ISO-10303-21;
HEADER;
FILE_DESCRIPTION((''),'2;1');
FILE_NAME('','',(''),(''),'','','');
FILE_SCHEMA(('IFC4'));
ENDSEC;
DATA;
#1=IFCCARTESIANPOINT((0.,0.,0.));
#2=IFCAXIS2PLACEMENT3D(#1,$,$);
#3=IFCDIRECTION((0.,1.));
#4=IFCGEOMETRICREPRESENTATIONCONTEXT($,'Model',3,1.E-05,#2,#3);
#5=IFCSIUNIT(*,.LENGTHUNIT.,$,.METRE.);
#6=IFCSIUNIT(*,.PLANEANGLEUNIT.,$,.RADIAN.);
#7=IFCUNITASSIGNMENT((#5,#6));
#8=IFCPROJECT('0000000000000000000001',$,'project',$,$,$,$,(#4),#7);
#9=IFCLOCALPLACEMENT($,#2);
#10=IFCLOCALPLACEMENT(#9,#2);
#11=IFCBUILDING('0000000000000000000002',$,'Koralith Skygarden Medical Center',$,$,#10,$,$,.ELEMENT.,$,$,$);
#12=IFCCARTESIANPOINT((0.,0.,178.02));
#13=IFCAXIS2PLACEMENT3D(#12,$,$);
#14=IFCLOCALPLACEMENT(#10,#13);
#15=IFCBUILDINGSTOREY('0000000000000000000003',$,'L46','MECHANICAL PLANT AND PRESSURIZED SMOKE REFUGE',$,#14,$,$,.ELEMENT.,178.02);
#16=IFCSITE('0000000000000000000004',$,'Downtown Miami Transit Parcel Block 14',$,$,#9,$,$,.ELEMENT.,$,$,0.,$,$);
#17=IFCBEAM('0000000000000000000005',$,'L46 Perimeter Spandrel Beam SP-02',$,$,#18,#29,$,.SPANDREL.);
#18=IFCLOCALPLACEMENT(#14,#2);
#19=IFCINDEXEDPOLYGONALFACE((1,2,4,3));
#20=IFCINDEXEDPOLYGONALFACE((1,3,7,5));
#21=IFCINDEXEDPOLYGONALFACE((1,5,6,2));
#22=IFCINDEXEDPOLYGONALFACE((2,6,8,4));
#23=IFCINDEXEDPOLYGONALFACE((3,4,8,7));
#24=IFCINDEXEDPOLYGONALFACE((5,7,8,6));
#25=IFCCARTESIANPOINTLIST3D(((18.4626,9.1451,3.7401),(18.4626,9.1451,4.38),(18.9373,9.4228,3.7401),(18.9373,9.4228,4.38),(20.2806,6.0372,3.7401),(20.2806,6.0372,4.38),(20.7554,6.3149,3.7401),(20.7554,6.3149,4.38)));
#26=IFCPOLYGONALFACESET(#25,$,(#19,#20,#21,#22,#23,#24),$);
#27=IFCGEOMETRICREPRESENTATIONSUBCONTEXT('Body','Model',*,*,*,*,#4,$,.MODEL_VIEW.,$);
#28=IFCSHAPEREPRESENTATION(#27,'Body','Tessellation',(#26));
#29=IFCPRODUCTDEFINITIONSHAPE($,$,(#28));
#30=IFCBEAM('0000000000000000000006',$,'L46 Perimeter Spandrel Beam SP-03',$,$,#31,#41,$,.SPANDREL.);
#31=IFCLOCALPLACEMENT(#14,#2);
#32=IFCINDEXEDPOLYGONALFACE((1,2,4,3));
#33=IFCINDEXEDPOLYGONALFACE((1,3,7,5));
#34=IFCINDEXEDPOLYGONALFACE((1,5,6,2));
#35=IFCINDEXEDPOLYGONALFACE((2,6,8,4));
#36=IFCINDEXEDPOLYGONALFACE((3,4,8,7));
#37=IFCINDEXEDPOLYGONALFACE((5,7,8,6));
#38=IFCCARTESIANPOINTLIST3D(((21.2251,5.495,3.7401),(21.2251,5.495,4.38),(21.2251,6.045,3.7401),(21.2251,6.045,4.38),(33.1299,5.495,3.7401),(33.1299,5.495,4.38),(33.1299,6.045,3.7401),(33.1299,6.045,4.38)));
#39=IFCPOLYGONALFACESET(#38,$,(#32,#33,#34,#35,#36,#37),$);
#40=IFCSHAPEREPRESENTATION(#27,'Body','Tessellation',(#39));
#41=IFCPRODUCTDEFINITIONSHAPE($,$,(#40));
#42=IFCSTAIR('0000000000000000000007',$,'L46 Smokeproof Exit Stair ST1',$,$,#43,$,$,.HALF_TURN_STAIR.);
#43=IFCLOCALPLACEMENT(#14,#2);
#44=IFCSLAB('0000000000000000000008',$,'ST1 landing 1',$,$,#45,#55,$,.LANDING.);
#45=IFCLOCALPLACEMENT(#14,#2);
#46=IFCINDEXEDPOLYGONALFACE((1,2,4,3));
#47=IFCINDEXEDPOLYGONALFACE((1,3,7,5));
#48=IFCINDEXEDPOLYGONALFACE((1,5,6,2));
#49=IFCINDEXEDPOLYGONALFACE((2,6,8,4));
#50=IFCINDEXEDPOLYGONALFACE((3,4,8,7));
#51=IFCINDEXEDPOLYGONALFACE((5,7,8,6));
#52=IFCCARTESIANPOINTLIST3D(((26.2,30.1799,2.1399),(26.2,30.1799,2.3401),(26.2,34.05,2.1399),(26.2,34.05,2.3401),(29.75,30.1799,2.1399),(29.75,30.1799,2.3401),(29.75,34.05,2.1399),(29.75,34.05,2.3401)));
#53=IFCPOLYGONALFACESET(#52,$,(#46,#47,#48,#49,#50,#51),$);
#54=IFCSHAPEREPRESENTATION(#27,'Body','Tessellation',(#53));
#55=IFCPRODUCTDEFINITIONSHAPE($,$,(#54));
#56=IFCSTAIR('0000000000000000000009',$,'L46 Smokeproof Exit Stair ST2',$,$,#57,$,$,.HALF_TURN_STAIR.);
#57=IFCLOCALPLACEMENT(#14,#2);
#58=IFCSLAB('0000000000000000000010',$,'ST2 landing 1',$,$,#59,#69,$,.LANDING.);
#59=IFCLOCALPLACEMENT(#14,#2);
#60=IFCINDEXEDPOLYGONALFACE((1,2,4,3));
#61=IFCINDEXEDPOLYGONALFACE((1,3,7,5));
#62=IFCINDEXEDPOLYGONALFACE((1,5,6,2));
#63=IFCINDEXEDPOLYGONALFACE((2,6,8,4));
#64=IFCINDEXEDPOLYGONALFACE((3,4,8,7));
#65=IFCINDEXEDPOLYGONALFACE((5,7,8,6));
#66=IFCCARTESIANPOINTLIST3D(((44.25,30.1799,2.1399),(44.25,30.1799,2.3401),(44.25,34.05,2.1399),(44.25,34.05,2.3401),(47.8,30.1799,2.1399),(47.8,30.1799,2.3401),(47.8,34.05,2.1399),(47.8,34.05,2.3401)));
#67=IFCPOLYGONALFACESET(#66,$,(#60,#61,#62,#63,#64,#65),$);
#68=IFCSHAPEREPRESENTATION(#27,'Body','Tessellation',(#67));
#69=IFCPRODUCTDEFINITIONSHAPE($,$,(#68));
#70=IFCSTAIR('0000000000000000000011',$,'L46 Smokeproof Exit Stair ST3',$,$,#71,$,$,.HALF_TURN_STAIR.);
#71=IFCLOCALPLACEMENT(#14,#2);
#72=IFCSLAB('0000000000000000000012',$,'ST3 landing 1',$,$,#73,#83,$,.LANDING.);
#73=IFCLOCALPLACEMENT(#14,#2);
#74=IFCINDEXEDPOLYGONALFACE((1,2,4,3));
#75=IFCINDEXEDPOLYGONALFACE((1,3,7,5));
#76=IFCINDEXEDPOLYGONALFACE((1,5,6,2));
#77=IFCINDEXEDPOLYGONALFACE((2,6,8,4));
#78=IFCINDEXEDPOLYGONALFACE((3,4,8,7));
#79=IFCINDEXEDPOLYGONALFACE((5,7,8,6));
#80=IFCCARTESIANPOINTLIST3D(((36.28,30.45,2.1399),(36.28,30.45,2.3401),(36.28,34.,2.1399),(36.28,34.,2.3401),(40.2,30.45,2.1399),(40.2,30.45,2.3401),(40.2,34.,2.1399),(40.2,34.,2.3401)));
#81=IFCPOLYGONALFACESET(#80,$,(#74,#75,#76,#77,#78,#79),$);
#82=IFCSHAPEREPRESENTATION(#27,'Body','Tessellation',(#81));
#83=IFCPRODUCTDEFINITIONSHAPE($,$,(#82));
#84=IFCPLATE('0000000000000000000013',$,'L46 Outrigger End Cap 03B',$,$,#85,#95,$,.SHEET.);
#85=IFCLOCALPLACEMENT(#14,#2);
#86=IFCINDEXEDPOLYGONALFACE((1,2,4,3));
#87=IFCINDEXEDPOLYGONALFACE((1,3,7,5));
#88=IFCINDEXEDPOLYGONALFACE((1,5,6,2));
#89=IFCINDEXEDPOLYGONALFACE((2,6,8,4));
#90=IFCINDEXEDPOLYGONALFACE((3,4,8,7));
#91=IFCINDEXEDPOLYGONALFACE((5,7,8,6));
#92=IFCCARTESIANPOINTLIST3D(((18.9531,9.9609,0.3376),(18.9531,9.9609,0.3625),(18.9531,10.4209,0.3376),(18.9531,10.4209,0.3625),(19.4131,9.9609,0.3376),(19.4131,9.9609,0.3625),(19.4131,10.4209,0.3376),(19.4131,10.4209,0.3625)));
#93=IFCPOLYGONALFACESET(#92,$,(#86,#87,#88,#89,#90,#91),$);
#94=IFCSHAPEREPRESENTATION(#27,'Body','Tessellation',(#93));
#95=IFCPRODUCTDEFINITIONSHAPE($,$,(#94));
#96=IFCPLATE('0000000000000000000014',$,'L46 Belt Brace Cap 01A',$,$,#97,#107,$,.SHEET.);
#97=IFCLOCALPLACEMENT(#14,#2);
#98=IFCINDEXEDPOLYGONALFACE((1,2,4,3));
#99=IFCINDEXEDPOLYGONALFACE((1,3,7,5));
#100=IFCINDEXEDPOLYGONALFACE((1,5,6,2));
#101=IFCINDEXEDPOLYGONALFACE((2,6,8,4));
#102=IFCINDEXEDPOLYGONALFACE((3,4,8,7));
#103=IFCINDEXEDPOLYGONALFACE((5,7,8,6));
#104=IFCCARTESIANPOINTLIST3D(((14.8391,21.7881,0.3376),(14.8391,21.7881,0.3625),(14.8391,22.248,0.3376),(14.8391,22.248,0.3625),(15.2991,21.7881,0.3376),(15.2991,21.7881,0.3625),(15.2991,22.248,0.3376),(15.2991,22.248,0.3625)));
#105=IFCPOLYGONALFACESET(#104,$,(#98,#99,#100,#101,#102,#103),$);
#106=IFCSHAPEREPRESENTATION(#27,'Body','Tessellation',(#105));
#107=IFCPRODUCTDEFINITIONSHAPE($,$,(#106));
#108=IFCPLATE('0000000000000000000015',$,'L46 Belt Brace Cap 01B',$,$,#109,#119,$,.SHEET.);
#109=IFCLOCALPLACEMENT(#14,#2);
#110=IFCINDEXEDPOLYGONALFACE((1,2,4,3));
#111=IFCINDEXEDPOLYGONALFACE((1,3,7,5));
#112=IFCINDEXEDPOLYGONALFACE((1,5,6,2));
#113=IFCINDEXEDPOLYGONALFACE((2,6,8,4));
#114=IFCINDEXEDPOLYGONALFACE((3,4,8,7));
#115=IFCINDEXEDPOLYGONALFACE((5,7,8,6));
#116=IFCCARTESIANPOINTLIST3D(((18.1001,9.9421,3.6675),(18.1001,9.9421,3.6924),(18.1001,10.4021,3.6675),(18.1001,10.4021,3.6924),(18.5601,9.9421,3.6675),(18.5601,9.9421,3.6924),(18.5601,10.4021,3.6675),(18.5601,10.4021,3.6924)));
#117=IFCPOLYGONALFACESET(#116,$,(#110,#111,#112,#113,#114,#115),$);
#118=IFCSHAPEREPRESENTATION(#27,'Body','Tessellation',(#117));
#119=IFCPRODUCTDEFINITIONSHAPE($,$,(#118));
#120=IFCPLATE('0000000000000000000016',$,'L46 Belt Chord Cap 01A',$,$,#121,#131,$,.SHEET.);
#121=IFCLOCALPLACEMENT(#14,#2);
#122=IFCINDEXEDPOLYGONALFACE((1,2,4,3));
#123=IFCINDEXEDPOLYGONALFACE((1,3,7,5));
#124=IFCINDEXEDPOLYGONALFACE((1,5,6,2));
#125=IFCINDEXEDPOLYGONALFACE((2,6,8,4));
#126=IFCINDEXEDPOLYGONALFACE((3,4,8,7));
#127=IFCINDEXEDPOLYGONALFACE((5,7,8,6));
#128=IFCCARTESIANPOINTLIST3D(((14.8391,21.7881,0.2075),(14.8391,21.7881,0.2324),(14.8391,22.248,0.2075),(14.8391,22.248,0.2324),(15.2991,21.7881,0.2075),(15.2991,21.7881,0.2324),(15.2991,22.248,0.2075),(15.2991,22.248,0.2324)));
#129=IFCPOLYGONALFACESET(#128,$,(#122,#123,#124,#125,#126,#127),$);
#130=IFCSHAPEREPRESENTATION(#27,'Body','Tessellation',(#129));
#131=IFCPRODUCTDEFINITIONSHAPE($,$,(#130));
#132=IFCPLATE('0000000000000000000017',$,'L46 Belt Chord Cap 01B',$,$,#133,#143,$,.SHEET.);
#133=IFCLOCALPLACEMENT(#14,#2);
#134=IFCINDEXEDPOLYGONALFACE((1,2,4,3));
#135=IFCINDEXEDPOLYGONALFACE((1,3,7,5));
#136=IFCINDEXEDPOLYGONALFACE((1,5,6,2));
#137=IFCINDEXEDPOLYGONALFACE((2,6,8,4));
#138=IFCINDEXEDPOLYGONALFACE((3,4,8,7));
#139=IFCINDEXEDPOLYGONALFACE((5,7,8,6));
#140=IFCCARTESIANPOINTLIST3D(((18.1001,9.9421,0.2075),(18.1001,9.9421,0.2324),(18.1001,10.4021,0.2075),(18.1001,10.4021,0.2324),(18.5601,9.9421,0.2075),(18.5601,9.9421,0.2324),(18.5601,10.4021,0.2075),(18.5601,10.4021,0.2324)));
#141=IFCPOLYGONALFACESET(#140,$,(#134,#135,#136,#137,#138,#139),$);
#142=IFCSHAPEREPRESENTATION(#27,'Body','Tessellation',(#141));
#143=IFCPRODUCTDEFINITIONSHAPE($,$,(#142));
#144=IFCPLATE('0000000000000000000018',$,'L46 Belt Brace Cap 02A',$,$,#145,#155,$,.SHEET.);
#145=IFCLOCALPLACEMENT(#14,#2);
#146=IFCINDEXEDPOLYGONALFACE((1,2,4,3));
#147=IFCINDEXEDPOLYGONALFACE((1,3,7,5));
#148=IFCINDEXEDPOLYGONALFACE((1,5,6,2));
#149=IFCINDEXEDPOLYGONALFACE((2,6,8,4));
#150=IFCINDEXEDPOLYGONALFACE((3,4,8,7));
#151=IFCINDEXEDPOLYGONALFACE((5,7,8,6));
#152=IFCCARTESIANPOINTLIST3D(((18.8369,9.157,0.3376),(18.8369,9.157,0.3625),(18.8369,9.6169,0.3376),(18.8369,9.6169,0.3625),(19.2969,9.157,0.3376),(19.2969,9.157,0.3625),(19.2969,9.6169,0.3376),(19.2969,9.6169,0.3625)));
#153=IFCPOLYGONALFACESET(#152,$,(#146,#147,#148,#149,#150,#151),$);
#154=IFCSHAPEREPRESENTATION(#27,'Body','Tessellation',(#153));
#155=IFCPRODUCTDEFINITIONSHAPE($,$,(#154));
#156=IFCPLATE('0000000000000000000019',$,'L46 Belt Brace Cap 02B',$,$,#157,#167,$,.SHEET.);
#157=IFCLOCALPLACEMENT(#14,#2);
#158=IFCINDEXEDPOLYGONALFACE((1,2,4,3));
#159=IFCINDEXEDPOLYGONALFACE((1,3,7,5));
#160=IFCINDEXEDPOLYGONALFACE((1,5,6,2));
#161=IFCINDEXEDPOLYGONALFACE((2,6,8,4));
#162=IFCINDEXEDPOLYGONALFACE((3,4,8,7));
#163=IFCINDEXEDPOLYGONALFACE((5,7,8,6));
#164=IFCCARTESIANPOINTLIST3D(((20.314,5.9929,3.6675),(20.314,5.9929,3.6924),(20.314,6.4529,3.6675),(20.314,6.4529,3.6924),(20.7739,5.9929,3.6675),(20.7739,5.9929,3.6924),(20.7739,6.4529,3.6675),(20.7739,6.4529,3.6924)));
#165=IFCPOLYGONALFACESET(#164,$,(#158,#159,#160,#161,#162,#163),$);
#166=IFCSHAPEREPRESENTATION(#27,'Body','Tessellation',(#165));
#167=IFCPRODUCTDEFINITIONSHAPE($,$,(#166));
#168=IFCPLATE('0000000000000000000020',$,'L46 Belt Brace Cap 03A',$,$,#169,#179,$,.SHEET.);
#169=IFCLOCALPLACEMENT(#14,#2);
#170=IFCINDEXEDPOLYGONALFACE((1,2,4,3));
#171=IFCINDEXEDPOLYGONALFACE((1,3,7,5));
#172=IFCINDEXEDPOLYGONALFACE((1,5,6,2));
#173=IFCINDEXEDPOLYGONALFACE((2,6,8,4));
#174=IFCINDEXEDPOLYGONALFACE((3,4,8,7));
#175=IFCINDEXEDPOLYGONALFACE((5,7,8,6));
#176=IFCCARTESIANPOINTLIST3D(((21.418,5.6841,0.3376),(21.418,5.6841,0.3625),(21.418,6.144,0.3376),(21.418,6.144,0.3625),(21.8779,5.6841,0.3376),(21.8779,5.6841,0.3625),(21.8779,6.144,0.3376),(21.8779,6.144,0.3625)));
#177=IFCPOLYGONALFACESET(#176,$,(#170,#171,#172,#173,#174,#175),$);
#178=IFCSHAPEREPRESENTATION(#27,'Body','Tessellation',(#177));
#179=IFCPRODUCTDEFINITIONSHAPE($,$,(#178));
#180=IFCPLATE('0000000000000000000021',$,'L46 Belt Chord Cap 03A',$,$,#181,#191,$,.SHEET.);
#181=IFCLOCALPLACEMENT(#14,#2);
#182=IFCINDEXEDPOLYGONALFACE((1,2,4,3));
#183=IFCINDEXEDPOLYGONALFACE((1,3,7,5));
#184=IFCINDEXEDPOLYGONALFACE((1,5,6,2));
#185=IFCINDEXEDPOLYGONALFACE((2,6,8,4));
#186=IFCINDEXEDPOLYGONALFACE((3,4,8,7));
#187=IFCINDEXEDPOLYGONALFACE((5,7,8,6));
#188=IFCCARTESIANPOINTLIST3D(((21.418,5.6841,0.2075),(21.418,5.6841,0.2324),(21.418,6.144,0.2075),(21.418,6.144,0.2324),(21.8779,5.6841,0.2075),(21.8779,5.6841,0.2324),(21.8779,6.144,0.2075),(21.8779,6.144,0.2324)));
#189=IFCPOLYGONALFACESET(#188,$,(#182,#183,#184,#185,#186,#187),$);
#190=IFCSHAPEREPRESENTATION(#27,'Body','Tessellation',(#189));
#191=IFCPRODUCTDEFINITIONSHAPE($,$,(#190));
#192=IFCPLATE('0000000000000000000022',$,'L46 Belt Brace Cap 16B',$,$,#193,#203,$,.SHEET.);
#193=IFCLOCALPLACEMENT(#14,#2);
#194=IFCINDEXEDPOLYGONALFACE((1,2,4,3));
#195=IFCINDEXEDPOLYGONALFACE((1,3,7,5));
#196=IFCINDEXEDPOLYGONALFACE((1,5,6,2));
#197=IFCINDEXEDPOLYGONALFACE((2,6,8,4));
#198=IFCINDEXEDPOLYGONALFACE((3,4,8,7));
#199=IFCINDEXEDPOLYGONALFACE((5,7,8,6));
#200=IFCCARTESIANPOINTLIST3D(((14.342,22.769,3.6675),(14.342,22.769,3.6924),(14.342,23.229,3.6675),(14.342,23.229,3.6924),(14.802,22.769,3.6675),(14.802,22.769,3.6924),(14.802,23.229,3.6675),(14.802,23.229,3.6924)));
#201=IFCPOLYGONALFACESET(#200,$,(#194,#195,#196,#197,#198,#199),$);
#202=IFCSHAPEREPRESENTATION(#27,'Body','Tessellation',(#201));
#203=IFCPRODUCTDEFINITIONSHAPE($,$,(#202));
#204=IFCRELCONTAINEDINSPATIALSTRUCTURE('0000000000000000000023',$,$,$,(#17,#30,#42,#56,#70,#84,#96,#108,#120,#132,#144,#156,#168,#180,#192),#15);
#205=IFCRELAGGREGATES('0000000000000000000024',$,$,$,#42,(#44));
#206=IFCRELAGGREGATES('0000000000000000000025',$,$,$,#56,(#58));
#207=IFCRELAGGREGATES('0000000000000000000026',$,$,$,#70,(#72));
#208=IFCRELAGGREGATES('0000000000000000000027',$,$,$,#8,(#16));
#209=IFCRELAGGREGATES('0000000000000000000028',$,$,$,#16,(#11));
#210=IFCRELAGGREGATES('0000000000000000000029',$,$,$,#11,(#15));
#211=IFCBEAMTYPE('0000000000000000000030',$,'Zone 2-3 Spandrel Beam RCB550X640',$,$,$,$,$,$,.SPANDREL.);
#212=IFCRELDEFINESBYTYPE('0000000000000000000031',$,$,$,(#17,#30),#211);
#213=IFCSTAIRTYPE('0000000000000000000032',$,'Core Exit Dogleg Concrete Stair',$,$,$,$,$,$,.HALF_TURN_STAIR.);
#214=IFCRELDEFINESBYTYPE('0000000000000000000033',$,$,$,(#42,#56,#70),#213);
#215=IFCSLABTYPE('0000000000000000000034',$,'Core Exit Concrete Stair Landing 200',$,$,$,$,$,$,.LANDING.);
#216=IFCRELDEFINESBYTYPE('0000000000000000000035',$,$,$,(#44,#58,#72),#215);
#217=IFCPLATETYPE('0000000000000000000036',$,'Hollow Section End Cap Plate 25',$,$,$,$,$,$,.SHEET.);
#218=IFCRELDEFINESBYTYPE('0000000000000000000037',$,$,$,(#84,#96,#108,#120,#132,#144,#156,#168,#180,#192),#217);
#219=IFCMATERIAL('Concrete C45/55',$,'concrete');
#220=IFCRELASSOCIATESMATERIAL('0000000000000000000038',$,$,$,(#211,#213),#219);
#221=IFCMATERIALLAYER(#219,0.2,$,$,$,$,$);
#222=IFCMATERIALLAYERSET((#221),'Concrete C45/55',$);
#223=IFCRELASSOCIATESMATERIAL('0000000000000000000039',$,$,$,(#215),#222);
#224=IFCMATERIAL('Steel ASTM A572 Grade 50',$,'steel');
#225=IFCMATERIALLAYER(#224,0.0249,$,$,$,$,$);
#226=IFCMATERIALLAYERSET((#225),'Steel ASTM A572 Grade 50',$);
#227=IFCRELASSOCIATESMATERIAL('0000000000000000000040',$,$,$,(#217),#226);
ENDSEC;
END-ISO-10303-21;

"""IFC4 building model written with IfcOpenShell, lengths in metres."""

from ifc_helpers import new_model, si_unit, direction, frame, origin, origin_2d, place, context, subcontext, project, spatial, polyline, rectangle, outline, extrude, material, layer, layer_set, material_profile, profile_set, type_object, element, aggregate, save


model = new_model("IFC4")

# Units and contexts
model_context = context("Model", 3, precision=1e-05, world=origin(), true_north=direction((0.0, 1.0)))
body_context = subcontext(model_context, "Body", "Model", "MODEL_VIEW")
ifc_project = project(units=[si_unit("LENGTHUNIT", "METRE"), si_unit("PLANEANGLEUNIT", "RADIAN")], contexts=[model_context])

# Site, building, storey
site_placement = place(None, origin())
site = spatial("IfcSite", under=ifc_project, at=site_placement, Name="Downtown Miami Transit Parcel Block 14", CompositionType="ELEMENT", RefElevation=0.0)
building_placement = place(site_placement, origin())
building = spatial("IfcBuilding", under=site, at=building_placement, Name="Koralith Skygarden Medical Center", CompositionType="ELEMENT")
storey_placement = place(building_placement, frame((0.0, 0.0, 178.02)))
storey = spatial("IfcBuildingStorey", under=building, at=storey_placement, Name="L46", Description="MECHANICAL PLANT AND PRESSURIZED SMOKE REFUGE", CompositionType="ELEMENT", Elevation=178.02)

# Beams
ifc_material_1 = material(Name="Concrete C45/55", Category="concrete")
ifc_material_profile_1 = material_profile(ifc_material_1, rectangle(XDim=0.55, YDim=0.6399, at=origin_2d()), Name="RCB550X640")
ifc_profile_set_1 = profile_set([ifc_material_profile_1], Name="Concrete C45/55")
beam_type_1 = type_object("IfcBeamType", Name="Zone 2-3 Spandrel Beam RCB550X640", PredefinedType="SPANDREL", material=ifc_profile_set_1)
beam_1_placement = place(storey_placement, frame((18.7, 9.2839, 4.0601), z_axis=(0.504941, -0.863154, 0.0), x_axis=(0.863154, 0.504941, 0.0)))
element("IfcBeam", 1, at=beam_1_placement, inside=storey, type_object=beam_type_1, Name="L46 Perimeter Spandrel Beam SP-02", PredefinedType="SPANDREL", context=body_context, shape_type="SweptSolid", body=[
    extrude(rectangle(XDim=0.55, YDim=0.6399, at=origin_2d()), origin(), (0.0, 0.0, 1.0), 3.6006),
])
beam_2_placement = place(storey_placement, frame((21.2251, 5.77, 4.0601), z_axis=(1.0, 0.0, 0.0), x_axis=(0.0, 1.0, 0.0)))
element("IfcBeam", 2, at=beam_2_placement, inside=storey, type_object=beam_type_1, Name="L46 Perimeter Spandrel Beam SP-03", PredefinedType="SPANDREL", context=body_context, shape_type="SweptSolid", body=[
    extrude(rectangle(XDim=0.55, YDim=0.6399, at=origin_2d()), origin(), (0.0, 0.0, 1.0), 11.9048),
])

# Stairs, slabs
stair_type = type_object("IfcStairType", Name="Core Exit Dogleg Concrete Stair", PredefinedType="HALF_TURN_STAIR", material=ifc_material_1)
stair_1_placement = place(storey_placement, origin())
stair_1 = element("IfcStair", 3, at=stair_1_placement, inside=storey, type_object=stair_type, Name="L46 Smokeproof Exit Stair ST1", PredefinedType="HALF_TURN_STAIR")
ifc_layer_1 = layer(ifc_material_1, 0.2)
ifc_layer_set_1 = layer_set([ifc_layer_1], Name="Concrete C45/55")
slab_type_1 = type_object("IfcSlabType", Name="Core Exit Concrete Stair Landing 200", PredefinedType="LANDING", material=ifc_layer_set_1)
slab_1_placement = place(storey_placement, frame((0.0, 0.0, 2.1399)))
slab_1 = element("IfcSlab", 4, at=slab_1_placement, type_object=slab_type_1, Name="ST1 landing 1", PredefinedType="LANDING", context=body_context, shape_type="SweptSolid", body=[
    extrude(outline(polyline([(29.75, 30.1799), (29.75, 34.05), (26.2, 34.05), (26.2, 30.1799), (29.75, 30.1799)])), origin(), (0.0, 0.0, 1.0), 0.2002),
])
aggregate(stair_1, [slab_1])
stair_2_placement = place(storey_placement, origin())
stair_2 = element("IfcStair", 5, at=stair_2_placement, inside=storey, type_object=stair_type, Name="L46 Smokeproof Exit Stair ST2", PredefinedType="HALF_TURN_STAIR")
slab_2_placement = place(storey_placement, frame((0.0, 0.0, 2.1399)))
slab_2 = element("IfcSlab", 6, at=slab_2_placement, type_object=slab_type_1, Name="ST2 landing 1", PredefinedType="LANDING", context=body_context, shape_type="SweptSolid", body=[
    extrude(outline(polyline([(47.8, 30.1799), (47.8, 34.05), (44.25, 34.05), (44.25, 30.1799), (47.8, 30.1799)])), origin(), (0.0, 0.0, 1.0), 0.2002),
])
aggregate(stair_2, [slab_2])
stair_3_placement = place(storey_placement, origin())
stair_3 = element("IfcStair", 7, at=stair_3_placement, inside=storey, type_object=stair_type, Name="L46 Smokeproof Exit Stair ST3", PredefinedType="HALF_TURN_STAIR")
slab_3_placement = place(storey_placement, frame((0.0, 0.0, 2.1399)))
slab_3 = element("IfcSlab", 8, at=slab_3_placement, type_object=slab_type_1, Name="ST3 landing 1", PredefinedType="LANDING", context=body_context, shape_type="SweptSolid", body=[
    extrude(outline(polyline([(36.28, 30.45), (40.2, 30.45), (40.2, 34.0), (36.28, 34.0), (36.28, 30.45)])), origin(), (0.0, 0.0, 1.0), 0.2002),
])
aggregate(stair_3, [slab_3])

# Plates
ifc_material_2 = material(Name="Steel ASTM A572 Grade 50", Category="steel")
ifc_layer_2 = layer(ifc_material_2, 0.0249)
ifc_layer_set_2 = layer_set([ifc_layer_2], Name="Steel ASTM A572 Grade 50")
plate_type_1 = type_object("IfcPlateType", Name="Hollow Section End Cap Plate 25", PredefinedType="SHEET", material=ifc_layer_set_2)
for number, where, z_axis, x_axis, name in (
    (9, (19.1831, 10.1909, 0.3376), (0.0, 0.0, 1.0), (1.0, 0.0, 0.0), "L46 Outrigger End Cap 03B"),
    (10, (15.0691, 22.0181, 0.3376), (0.0, 0.0, 1.0), (1.0, 0.0, 0.0), "L46 Belt Brace Cap 01A"),
    (11, (18.3301, 10.1721, 3.6675), (0.0, 0.0, 1.0), (1.0, 0.0, 0.0), "L46 Belt Brace Cap 01B"),
    (12, (15.0691, 22.0181, 0.2075), (0.0, 0.0, 1.0), (1.0, 0.0, 0.0), "L46 Belt Chord Cap 01A"),
    (13, (18.3301, 10.1721, 0.2075), (0.0, 0.0, 1.0), (1.0, 0.0, 0.0), "L46 Belt Chord Cap 01B"),
    (14, (19.0669, 9.387, 0.3376), (0.0, 0.0, 1.0), (1.0, 0.0, 0.0), "L46 Belt Brace Cap 02A"),
    (15, (20.5439, 6.2229, 3.6675), (0.0, 0.0, 1.0), (1.0, 0.0, 0.0), "L46 Belt Brace Cap 02B"),
    (16, (21.6479, 5.9141, 0.3376), (0.0, 0.0, 1.0), (1.0, 0.0, 0.0), "L46 Belt Brace Cap 03A"),
    (17, (21.6479, 5.9141, 0.2075), (0.0, 0.0, 1.0), (1.0, 0.0, 0.0), "L46 Belt Chord Cap 03A"),
    (18, (14.572, 22.999, 3.6675), (0.0, 0.0, 1.0), (1.0, 0.0, 0.0), "L46 Belt Brace Cap 16B"),
):
    element("IfcPlate", number, at=place(storey_placement, frame(where, z_axis=z_axis, x_axis=x_axis)), inside=storey, type_object=plate_type_1, Name=name, PredefinedType="SHEET", context=body_context, shape_type="SweptSolid", body=[
        extrude(rectangle(XDim=0.46, YDim=0.46, at=origin_2d()), origin(), (0.0, 0.0, 1.0), 0.0249),
    ])

save(model, "model.ifc")
